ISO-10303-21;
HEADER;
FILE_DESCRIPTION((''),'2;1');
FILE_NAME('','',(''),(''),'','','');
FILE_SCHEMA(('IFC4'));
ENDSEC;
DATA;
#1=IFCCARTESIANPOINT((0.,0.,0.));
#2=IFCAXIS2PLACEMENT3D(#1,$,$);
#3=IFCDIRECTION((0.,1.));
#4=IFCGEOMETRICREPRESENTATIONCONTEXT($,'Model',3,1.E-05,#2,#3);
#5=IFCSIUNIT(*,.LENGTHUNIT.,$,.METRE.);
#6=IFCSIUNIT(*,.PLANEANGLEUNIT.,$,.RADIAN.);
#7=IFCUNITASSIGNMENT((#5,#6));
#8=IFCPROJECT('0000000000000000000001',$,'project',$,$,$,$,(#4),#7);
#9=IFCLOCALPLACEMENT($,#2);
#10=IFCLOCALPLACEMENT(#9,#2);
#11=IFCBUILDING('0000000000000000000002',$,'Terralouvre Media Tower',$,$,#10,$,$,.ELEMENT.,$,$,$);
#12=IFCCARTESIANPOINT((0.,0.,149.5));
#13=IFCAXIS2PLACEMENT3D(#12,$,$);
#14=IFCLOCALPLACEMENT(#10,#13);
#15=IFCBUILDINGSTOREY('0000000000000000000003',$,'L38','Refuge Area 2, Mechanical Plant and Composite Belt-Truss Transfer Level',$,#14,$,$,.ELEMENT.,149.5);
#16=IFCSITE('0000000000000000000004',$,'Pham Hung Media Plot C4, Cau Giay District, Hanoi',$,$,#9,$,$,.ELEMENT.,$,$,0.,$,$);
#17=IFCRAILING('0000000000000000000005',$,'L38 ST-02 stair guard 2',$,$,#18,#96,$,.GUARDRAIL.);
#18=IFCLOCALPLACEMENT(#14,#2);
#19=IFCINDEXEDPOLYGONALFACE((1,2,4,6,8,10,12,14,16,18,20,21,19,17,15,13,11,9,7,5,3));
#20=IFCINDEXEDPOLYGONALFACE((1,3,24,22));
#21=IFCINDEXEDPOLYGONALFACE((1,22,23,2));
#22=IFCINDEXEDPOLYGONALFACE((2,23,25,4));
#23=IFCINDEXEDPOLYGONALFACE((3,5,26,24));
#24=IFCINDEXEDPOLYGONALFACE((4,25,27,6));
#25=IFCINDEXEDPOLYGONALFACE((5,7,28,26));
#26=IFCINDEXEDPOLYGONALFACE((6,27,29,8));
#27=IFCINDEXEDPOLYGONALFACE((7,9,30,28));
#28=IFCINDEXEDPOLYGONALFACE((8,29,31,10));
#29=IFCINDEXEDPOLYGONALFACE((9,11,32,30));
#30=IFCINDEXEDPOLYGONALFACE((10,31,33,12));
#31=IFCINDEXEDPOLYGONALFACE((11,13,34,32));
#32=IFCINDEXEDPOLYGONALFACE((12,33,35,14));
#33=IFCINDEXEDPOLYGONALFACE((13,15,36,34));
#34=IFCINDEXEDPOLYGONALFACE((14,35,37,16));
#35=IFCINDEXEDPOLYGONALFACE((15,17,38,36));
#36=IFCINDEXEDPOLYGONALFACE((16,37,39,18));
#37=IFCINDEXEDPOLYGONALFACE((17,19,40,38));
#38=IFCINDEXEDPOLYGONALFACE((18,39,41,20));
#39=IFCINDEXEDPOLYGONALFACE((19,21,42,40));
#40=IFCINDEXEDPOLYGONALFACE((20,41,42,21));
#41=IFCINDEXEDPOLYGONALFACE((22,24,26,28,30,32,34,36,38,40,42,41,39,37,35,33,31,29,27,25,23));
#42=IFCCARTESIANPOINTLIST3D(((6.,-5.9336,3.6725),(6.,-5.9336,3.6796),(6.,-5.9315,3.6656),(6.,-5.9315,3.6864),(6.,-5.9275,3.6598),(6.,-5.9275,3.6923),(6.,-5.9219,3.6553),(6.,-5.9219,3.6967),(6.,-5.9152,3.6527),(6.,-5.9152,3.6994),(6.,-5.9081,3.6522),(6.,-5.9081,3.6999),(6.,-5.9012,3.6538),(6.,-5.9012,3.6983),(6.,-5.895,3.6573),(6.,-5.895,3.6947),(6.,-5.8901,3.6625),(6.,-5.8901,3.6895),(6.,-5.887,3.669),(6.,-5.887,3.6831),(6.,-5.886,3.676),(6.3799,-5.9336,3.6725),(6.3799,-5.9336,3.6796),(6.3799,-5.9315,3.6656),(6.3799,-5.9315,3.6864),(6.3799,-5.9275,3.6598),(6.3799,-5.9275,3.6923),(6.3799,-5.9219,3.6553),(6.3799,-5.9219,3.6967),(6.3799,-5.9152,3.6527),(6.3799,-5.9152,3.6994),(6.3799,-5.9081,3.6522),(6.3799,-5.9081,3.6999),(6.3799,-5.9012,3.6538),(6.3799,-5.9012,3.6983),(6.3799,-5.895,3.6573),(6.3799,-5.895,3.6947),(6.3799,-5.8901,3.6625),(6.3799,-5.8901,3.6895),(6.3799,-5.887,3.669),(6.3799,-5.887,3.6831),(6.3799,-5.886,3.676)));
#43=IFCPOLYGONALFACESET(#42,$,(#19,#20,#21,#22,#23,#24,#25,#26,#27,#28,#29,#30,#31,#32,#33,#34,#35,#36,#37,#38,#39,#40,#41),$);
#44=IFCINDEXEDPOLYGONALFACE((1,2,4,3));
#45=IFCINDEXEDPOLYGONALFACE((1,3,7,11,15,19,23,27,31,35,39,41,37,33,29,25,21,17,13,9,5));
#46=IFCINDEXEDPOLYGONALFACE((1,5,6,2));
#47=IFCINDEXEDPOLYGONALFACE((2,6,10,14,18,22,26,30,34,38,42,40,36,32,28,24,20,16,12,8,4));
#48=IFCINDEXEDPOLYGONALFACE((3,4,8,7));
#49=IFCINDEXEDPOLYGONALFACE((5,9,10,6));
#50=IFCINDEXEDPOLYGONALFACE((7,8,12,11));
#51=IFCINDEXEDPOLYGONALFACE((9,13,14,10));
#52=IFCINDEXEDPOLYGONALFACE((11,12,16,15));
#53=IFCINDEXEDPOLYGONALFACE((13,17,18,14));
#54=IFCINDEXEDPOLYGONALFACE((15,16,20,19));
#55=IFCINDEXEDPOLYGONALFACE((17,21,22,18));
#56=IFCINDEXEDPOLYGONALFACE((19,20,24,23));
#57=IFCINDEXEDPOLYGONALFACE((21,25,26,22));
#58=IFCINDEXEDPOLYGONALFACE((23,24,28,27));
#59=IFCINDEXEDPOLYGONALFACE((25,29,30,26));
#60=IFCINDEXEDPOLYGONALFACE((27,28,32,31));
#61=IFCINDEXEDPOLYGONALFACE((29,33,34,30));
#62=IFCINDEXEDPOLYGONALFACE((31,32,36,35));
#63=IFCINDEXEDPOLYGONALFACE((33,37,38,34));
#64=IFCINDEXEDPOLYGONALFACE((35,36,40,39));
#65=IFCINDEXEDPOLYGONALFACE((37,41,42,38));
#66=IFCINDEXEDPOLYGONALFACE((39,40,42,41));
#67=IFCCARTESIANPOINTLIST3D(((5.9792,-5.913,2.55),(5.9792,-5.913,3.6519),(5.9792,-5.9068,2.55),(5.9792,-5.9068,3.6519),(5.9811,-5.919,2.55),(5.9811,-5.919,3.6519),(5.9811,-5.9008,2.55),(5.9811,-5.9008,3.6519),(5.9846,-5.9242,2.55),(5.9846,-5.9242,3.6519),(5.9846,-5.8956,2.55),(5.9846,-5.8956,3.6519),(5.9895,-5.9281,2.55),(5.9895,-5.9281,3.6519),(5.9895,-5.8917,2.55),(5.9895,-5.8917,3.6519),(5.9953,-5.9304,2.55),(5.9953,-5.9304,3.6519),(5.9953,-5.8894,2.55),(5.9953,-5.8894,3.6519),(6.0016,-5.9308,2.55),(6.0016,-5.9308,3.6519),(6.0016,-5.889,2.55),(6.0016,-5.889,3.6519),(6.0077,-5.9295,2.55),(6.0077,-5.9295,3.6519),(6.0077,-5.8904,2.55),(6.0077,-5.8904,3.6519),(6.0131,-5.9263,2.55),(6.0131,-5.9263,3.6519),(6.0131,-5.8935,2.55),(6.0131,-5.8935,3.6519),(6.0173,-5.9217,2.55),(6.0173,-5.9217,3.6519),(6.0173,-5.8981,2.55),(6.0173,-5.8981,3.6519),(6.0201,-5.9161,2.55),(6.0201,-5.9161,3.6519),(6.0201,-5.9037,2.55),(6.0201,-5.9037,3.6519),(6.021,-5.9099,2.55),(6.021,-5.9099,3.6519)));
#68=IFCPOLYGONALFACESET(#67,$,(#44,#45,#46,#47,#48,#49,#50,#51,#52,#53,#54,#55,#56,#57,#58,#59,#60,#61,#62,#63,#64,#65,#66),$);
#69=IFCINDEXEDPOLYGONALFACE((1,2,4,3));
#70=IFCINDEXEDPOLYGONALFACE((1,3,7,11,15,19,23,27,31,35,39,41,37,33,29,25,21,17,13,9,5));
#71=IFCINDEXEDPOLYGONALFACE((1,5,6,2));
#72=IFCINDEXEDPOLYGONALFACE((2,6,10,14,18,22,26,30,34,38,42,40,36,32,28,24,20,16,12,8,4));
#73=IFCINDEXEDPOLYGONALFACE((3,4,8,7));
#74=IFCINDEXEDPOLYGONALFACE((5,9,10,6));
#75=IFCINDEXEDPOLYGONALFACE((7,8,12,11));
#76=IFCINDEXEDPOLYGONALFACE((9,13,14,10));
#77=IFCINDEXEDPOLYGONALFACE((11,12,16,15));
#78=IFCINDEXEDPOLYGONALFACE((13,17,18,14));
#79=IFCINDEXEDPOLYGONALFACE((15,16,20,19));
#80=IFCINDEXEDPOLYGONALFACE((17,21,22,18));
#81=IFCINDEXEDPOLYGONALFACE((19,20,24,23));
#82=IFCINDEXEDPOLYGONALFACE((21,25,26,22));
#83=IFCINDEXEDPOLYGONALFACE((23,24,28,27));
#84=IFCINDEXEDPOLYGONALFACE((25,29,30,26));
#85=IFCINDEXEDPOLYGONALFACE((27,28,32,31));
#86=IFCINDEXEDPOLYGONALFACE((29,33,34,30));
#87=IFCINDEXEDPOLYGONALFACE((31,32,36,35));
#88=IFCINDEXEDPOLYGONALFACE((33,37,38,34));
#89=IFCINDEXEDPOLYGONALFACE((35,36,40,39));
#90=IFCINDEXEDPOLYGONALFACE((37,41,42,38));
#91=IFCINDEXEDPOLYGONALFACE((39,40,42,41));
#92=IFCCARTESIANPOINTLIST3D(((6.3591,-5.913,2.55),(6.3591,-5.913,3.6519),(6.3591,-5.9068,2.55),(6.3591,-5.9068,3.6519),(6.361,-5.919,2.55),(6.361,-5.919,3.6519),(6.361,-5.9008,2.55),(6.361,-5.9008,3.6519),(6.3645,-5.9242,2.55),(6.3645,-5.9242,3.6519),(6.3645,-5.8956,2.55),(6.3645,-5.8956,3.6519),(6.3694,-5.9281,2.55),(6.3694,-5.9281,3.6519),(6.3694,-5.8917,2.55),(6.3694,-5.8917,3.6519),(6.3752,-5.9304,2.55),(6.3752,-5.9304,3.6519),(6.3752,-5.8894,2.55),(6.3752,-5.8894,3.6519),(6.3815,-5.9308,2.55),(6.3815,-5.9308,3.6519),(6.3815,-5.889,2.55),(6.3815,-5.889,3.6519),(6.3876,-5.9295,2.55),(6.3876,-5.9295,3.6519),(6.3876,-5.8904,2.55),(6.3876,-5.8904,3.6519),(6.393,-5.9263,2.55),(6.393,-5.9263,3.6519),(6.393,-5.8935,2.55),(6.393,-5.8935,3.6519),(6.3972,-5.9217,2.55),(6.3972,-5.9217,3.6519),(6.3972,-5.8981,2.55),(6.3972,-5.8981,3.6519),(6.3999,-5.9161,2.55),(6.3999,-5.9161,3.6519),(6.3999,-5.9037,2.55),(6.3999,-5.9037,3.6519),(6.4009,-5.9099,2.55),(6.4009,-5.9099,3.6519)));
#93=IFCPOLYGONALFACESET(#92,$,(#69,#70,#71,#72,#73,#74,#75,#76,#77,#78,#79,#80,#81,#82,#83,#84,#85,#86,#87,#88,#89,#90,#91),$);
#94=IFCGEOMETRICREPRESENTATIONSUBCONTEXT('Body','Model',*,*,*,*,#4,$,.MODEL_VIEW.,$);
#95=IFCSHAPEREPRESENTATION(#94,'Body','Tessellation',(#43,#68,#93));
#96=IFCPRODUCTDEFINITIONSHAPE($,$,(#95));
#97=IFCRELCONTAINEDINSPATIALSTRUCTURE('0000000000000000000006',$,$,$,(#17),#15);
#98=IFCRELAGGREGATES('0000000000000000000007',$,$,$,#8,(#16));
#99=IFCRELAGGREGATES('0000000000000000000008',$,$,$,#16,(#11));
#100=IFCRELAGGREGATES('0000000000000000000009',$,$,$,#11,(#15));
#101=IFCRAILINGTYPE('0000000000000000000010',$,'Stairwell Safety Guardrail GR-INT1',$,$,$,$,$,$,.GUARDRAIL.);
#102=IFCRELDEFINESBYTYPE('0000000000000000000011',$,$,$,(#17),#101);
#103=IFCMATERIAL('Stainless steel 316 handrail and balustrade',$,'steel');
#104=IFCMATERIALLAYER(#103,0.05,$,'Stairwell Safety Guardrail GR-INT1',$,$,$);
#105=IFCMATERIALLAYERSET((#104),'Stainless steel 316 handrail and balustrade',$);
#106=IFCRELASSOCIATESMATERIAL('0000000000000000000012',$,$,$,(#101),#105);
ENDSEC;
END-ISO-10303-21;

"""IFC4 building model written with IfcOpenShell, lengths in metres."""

from ifc_helpers import new_model, si_unit, direction, frame, origin, origin_2d, place, context, subcontext, project, spatial, circle, extrude, material, layer, layer_set, type_object, element, save


model = new_model("IFC4")

# Units and contexts
model_context = context("Model", 3, precision=1e-05, world=origin(), true_north=direction((0.0, 1.0)))
body_context = subcontext(model_context, "Body", "Model", "MODEL_VIEW")
ifc_project = project(units=[si_unit("LENGTHUNIT", "METRE"), si_unit("PLANEANGLEUNIT", "RADIAN")], contexts=[model_context])

# Site, building, storey
site_placement = place(None, origin())
site = spatial("IfcSite", under=ifc_project, at=site_placement, Name="Pham Hung Media Plot C4, Cau Giay District, Hanoi", CompositionType="ELEMENT", RefElevation=0.0)
building_placement = place(site_placement, origin())
building = spatial("IfcBuilding", under=site, at=building_placement, Name="Terralouvre Media Tower", CompositionType="ELEMENT")
storey_placement = place(building_placement, frame((0.0, 0.0, 149.5)))
storey = spatial("IfcBuildingStorey", under=building, at=storey_placement, Name="L38", Description="Refuge Area 2, Mechanical Plant and Composite Belt-Truss Transfer Level", CompositionType="ELEMENT", Elevation=149.5)

# Railing
ifc_material_1 = material(Name="Stainless steel 316 handrail and balustrade", Category="steel")
ifc_layer_1 = layer(ifc_material_1, 0.05, Name="Stairwell Safety Guardrail GR-INT1")
ifc_layer_set_1 = layer_set([ifc_layer_1], Name="Stainless steel 316 handrail and balustrade")
railing_type_1 = type_object("IfcRailingType", Name="Stairwell Safety Guardrail GR-INT1", PredefinedType="GUARDRAIL", material=ifc_layer_set_1)
railing_1_placement = place(storey_placement, frame((6.0, -5.9099, 2.55)))
element("IfcRailing", 1, at=railing_1_placement, inside=storey, type_object=railing_type_1, Name="L38 ST-02 stair guard 2", PredefinedType="GUARDRAIL", context=body_context, shape_type="SweptSolid", body=[
    extrude(circle(Radius=0.0239, at=origin_2d()), frame((0.0, 0.0, 1.126), z_axis=(1.0, 0.0, 0.0), x_axis=(0.0, 1.0, 0.0)), (0.0, 0.0, 1.0), 0.3799),
    extrude(circle(Radius=0.021, at=origin_2d()), origin(), (0.0, 0.0, 1.0), 1.1018),
    extrude(circle(Radius=0.021, at=origin_2d()), frame((0.3799, 0.0, 0.0)), (0.0, 0.0, 1.0), 1.1018),
])

save(model, "model.ifc")
